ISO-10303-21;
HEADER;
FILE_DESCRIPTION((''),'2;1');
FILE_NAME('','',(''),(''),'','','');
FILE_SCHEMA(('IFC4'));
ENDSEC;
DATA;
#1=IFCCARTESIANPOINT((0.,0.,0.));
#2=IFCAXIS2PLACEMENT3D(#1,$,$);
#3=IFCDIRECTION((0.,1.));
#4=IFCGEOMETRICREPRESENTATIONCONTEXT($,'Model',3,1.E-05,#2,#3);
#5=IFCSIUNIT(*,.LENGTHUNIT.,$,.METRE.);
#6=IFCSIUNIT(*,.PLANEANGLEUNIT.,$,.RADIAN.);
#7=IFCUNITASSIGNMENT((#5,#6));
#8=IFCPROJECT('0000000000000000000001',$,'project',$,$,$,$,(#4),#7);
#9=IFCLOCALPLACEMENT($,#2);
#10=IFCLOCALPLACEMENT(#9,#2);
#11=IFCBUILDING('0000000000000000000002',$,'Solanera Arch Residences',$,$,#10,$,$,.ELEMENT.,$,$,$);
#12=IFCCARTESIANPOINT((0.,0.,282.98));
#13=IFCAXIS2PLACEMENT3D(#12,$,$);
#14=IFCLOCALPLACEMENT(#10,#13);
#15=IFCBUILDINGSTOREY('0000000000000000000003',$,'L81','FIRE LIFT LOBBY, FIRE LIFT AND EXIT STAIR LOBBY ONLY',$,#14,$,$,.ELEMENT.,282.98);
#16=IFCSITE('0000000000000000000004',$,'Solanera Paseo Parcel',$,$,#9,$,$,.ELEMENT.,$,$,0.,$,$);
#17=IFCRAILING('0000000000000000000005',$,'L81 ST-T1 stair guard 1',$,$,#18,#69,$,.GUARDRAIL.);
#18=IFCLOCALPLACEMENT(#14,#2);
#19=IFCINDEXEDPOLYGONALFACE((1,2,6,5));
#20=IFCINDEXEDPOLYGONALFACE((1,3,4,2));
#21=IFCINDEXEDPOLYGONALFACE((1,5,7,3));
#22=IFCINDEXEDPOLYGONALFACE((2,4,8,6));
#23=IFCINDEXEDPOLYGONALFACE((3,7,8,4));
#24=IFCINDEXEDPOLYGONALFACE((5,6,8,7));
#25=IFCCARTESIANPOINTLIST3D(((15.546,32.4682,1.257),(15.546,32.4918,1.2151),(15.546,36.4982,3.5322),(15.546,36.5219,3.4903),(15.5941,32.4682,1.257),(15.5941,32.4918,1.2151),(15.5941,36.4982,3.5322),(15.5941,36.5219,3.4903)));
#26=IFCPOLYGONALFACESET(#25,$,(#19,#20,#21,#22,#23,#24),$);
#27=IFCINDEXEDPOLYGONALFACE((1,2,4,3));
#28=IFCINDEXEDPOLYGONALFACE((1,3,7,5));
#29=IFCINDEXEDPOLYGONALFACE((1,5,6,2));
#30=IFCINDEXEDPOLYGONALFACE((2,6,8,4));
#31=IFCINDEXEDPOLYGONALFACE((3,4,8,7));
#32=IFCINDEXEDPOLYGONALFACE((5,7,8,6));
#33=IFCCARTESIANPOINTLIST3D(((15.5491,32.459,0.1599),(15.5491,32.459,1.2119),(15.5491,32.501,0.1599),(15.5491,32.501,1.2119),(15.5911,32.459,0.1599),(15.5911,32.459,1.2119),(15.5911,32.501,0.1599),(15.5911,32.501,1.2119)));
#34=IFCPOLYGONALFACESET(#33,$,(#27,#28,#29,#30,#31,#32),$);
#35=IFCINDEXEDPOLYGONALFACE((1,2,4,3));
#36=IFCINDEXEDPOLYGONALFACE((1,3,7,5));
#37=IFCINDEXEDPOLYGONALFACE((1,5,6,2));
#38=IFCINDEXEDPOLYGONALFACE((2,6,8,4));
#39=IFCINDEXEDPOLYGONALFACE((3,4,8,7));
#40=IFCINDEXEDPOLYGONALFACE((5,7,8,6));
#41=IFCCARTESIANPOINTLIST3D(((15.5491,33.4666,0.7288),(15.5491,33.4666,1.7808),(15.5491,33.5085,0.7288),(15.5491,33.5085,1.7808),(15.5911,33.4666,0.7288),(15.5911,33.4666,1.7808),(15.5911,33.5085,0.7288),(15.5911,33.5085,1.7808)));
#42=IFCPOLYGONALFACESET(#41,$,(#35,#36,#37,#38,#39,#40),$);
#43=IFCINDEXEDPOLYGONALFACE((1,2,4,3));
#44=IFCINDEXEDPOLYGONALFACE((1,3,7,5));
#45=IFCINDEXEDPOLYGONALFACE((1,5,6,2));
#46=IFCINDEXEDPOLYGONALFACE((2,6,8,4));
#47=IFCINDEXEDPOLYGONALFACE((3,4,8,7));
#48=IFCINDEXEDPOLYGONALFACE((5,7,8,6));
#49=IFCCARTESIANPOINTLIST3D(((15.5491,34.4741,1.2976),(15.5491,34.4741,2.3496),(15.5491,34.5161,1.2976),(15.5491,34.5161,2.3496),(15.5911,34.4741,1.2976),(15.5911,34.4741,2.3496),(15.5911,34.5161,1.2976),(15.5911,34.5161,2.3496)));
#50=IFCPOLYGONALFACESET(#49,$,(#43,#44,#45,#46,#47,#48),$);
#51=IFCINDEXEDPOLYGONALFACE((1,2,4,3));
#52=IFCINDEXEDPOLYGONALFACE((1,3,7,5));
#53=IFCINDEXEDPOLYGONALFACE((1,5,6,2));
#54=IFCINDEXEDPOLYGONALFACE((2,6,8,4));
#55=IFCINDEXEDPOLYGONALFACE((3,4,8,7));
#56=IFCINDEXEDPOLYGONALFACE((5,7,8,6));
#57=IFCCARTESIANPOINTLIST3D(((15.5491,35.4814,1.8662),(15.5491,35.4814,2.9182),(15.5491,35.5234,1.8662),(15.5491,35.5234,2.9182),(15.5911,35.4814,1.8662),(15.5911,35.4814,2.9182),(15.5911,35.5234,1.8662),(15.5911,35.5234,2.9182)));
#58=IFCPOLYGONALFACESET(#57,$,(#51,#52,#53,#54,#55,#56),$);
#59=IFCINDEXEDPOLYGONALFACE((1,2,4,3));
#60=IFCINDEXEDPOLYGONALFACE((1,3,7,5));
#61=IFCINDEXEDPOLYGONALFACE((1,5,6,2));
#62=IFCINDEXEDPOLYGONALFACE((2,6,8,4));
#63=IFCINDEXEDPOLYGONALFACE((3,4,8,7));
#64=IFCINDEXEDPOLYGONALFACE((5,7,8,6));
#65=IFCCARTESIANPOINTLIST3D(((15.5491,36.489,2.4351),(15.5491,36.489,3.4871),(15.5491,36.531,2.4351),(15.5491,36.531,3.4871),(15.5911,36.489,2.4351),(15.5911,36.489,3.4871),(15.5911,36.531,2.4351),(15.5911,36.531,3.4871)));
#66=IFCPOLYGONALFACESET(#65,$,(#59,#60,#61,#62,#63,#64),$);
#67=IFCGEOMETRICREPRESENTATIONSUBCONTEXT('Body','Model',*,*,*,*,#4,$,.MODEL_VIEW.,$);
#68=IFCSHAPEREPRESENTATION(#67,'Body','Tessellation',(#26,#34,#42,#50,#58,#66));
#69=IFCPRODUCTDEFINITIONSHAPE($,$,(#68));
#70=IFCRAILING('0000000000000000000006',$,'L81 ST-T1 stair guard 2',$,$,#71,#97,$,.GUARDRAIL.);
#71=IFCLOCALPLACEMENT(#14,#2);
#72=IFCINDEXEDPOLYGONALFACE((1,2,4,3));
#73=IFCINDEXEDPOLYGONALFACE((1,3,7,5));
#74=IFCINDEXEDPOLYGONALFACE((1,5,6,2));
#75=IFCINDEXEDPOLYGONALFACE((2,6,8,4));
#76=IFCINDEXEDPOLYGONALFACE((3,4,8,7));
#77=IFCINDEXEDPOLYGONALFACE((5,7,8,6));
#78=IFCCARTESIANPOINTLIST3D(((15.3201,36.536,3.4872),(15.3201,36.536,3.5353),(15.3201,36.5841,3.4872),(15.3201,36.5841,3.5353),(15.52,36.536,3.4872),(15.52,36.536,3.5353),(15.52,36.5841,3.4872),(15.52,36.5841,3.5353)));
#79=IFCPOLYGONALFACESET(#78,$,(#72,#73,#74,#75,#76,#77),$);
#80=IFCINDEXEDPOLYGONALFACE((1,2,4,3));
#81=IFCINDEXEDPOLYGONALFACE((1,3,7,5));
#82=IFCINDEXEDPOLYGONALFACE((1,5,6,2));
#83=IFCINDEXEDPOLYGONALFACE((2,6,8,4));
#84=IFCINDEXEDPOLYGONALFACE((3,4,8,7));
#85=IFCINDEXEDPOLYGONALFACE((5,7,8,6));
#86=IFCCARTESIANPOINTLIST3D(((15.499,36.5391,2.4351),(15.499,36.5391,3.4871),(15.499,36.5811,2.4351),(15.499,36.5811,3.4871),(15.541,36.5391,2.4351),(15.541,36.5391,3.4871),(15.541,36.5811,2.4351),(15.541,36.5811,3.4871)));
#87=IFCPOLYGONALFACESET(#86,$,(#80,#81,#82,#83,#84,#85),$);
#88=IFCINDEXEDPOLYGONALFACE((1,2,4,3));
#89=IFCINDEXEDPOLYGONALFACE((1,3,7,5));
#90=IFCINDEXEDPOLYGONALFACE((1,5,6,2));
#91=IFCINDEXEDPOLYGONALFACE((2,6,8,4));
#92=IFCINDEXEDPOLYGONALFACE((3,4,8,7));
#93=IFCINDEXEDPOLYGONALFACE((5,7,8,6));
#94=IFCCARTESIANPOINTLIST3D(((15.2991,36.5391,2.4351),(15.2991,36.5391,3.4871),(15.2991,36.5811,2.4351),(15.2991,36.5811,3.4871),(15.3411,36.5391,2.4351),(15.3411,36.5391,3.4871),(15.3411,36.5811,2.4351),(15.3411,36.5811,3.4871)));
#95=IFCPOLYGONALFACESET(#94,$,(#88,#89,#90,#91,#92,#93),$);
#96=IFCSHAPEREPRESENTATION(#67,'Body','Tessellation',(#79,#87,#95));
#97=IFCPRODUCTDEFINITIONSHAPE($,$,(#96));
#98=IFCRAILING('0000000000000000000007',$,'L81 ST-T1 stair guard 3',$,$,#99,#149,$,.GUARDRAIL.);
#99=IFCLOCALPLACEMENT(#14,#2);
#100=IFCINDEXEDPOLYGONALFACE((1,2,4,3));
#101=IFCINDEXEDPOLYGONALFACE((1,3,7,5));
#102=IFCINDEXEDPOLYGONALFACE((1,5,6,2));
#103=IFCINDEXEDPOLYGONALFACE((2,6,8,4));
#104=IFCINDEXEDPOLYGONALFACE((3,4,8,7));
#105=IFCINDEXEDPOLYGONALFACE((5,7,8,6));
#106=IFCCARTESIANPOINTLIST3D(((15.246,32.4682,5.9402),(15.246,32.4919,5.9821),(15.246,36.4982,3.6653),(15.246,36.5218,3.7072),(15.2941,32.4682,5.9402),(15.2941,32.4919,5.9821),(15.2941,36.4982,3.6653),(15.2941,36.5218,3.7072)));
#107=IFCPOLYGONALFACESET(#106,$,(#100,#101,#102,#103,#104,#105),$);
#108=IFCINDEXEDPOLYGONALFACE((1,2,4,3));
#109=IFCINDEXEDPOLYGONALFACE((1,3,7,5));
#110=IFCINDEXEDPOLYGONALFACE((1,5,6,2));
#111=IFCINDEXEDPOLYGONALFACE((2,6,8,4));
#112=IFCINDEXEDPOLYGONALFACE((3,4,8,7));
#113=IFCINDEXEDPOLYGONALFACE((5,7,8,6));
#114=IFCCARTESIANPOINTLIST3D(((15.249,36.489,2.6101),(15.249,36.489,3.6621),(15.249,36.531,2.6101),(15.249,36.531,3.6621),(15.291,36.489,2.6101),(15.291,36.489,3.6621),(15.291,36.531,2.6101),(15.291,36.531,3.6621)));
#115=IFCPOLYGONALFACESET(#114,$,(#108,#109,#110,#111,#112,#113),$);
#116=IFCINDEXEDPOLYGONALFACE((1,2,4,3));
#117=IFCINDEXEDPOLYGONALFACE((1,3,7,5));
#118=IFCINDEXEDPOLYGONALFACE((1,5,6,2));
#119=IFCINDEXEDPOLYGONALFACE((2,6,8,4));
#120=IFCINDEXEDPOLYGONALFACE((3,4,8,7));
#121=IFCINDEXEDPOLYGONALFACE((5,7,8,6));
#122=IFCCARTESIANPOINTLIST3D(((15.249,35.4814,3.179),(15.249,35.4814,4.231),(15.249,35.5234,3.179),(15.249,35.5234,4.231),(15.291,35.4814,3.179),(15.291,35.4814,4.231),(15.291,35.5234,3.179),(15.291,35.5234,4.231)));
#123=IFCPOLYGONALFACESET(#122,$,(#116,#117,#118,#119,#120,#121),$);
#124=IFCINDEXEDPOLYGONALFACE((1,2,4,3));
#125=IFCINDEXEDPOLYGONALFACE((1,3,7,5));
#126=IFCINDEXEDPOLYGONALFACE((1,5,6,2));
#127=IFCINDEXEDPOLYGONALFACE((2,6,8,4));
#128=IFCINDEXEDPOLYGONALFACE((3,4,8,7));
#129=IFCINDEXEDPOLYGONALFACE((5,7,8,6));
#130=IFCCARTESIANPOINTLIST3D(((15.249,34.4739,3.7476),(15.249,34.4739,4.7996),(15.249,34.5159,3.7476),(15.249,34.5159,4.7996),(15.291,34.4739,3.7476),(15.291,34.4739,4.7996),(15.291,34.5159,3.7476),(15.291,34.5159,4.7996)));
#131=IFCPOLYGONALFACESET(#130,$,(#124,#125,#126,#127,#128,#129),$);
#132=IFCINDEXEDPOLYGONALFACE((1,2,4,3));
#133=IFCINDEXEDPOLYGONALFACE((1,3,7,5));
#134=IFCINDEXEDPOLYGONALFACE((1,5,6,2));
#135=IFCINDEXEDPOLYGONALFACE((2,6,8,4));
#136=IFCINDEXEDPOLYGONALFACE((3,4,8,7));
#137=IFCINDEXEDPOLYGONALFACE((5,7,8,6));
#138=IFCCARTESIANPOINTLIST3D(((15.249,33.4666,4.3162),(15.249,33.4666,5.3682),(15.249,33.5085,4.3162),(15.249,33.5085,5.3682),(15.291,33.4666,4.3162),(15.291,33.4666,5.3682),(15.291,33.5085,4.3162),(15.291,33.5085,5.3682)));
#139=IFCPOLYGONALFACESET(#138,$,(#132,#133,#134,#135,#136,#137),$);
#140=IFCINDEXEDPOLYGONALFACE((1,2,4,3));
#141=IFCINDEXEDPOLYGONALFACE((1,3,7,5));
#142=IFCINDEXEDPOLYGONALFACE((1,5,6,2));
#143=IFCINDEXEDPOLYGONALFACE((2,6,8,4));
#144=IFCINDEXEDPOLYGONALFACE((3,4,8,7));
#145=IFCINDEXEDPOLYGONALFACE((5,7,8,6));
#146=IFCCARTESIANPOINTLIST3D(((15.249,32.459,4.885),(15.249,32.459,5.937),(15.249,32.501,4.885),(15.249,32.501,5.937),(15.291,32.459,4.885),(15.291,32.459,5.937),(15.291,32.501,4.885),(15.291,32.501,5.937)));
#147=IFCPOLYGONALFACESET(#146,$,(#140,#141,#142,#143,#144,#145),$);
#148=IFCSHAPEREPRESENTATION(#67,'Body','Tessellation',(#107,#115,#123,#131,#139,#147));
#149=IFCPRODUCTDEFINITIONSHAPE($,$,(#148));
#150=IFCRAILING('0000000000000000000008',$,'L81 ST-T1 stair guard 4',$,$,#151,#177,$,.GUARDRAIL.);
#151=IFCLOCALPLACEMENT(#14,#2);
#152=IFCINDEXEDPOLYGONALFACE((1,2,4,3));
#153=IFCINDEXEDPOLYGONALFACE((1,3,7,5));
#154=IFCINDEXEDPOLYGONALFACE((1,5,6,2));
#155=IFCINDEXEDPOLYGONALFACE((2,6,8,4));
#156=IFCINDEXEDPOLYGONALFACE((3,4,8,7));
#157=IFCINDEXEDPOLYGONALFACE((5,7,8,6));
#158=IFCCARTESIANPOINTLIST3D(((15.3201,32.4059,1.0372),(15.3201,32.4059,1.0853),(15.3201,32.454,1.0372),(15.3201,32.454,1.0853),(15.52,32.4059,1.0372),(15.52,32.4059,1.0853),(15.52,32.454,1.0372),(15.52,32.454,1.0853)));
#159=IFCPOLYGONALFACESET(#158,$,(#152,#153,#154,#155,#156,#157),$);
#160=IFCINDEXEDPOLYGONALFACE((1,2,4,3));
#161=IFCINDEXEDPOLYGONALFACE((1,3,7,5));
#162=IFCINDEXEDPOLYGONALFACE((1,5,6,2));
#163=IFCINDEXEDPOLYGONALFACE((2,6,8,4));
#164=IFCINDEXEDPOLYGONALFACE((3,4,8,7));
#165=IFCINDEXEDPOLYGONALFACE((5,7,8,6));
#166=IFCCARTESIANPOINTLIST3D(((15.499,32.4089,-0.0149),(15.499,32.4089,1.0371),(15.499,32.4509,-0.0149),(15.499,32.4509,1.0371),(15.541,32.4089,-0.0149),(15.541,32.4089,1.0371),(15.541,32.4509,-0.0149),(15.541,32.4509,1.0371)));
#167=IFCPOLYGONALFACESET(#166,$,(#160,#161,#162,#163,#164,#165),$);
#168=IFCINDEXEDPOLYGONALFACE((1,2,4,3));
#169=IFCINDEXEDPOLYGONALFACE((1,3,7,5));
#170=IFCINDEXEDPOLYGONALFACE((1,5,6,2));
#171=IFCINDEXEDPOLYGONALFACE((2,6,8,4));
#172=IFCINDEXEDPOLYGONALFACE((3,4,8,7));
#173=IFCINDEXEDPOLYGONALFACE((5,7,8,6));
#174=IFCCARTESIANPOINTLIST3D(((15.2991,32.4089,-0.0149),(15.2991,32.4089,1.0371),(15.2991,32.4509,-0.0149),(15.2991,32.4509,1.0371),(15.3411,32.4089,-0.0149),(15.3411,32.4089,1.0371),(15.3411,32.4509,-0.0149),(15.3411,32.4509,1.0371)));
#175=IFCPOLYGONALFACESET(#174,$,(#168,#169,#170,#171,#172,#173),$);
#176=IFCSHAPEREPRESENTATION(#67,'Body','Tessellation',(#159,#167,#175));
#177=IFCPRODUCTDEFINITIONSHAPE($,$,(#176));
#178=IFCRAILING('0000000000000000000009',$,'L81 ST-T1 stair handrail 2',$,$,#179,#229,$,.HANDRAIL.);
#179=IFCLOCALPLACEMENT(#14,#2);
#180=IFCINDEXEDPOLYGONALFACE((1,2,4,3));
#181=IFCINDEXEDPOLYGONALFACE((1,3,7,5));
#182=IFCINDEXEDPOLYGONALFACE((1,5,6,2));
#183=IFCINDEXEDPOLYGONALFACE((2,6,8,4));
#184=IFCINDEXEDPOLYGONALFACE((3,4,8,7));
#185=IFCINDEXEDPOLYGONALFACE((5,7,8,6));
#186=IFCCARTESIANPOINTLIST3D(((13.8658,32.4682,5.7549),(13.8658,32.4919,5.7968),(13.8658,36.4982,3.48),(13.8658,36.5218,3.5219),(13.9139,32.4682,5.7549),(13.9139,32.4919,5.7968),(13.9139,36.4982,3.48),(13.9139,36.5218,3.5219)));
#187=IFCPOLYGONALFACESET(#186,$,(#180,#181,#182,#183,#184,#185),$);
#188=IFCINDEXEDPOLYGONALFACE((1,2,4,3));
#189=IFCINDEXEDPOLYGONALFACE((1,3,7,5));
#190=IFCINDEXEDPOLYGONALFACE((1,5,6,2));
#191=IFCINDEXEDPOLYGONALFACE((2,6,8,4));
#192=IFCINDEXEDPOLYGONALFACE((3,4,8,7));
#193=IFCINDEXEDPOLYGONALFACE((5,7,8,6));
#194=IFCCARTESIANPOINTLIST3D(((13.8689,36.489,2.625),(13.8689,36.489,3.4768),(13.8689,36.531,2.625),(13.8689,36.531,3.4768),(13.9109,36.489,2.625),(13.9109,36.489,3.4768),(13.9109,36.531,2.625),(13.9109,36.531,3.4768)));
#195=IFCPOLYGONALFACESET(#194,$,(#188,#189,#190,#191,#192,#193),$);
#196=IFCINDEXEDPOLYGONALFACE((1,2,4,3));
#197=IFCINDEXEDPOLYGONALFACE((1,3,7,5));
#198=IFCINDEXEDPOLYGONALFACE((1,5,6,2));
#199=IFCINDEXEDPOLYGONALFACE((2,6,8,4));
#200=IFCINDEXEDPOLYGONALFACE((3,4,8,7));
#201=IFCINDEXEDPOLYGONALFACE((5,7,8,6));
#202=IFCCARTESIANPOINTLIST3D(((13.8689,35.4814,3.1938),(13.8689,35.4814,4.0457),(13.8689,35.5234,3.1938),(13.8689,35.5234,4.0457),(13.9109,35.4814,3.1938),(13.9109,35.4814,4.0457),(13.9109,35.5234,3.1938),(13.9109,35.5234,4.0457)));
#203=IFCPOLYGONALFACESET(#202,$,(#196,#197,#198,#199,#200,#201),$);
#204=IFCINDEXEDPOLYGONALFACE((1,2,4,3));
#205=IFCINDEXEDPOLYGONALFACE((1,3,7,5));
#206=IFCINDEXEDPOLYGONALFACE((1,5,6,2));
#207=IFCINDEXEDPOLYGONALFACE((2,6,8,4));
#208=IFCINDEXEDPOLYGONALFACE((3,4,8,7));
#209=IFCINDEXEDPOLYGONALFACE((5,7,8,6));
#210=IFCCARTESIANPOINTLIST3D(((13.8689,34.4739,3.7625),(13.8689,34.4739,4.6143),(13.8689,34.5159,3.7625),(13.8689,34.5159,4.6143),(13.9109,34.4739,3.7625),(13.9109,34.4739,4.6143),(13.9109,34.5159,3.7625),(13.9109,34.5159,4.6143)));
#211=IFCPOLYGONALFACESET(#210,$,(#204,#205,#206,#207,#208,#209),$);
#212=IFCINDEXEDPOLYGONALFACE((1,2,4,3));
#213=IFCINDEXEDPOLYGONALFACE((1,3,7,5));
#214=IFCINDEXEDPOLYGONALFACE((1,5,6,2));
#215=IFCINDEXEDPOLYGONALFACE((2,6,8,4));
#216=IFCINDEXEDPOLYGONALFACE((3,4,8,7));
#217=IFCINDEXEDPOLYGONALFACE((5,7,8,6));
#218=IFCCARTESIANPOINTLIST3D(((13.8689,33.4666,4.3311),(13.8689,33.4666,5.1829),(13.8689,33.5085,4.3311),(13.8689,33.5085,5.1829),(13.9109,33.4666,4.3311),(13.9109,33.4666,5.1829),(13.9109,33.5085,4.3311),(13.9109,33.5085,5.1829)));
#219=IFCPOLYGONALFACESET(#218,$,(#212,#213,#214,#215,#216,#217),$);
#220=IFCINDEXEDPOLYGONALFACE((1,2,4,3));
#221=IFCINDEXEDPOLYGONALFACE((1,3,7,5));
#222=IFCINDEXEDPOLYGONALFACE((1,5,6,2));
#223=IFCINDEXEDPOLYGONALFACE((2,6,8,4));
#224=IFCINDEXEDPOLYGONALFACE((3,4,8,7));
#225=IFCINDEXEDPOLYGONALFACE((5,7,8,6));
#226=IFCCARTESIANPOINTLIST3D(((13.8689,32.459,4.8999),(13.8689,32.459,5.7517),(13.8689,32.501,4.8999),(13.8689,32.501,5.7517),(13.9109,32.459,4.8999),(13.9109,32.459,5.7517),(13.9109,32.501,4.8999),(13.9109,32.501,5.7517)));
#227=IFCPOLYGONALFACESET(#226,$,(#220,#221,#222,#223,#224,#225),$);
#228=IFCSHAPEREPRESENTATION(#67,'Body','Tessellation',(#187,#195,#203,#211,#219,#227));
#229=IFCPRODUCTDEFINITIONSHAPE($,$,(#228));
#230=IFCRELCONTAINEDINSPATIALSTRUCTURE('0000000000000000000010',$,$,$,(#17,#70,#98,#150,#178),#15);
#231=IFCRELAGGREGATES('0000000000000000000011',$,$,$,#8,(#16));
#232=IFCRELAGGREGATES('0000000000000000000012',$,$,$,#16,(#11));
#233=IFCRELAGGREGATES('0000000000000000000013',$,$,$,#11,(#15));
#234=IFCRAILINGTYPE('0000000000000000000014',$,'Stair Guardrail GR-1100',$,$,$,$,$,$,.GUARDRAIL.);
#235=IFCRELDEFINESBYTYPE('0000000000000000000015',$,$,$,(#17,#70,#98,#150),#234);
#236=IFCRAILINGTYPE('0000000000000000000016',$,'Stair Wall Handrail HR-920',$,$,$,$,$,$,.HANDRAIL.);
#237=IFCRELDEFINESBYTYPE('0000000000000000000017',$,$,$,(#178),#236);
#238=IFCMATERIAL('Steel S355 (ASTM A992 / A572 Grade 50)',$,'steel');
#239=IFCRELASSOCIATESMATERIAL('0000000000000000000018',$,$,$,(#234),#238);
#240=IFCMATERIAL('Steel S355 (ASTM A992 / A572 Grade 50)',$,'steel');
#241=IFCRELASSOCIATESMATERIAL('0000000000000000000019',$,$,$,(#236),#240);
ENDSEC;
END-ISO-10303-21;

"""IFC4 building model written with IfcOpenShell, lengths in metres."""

from ifc_helpers import new_model, si_unit, direction, frame, origin, origin_2d, place, context, subcontext, project, spatial, rectangle, extrude, material, type_object, element, save


model = new_model("IFC4")

# Units and contexts
model_context = context("Model", 3, precision=1e-05, world=origin(), true_north=direction((0.0, 1.0)))
body_context = subcontext(model_context, "Body", "Model", "MODEL_VIEW")
ifc_project = project(units=[si_unit("LENGTHUNIT", "METRE"), si_unit("PLANEANGLEUNIT", "RADIAN")], contexts=[model_context])

# Site, building, storey
site_placement = place(None, origin())
site = spatial("IfcSite", under=ifc_project, at=site_placement, Name="Solanera Paseo Parcel", CompositionType="ELEMENT", RefElevation=0.0)
building_placement = place(site_placement, origin())
building = spatial("IfcBuilding", under=site, at=building_placement, Name="Solanera Arch Residences", CompositionType="ELEMENT")
storey_placement = place(building_placement, frame((0.0, 0.0, 282.98)))
storey = spatial("IfcBuildingStorey", under=building, at=storey_placement, Name="L81", Description="FIRE LIFT LOBBY, FIRE LIFT AND EXIT STAIR LOBBY ONLY", CompositionType="ELEMENT", Elevation=282.98)

# Railings
ifc_material_1 = material(Name="Steel S355 (ASTM A992 / A572 Grade 50)", Category="steel")
railing_type_1 = type_object("IfcRailingType", Name="Stair Guardrail GR-1100", PredefinedType="GUARDRAIL", material=ifc_material_1)
railing_1_placement = place(storey_placement, frame((15.5701, 32.48, 0.1599)))
element("IfcRailing", 1, at=railing_1_placement, inside=storey, type_object=railing_type_1, Name="L81 ST-T1 stair guard 1", PredefinedType="GUARDRAIL", context=body_context, shape_type="SweptSolid", body=[
    extrude(rectangle(XDim=0.0481, YDim=0.0481, at=origin_2d()), frame((0.0, 0.0, 1.0762), z_axis=(0.0, 0.870812, 0.491616), x_axis=(-1.0, 0.0, 0.0)), (0.0, 0.0, 1.0), 4.6279),
    extrude(rectangle(XDim=0.042, YDim=0.042, at=origin_2d()), origin(), (0.0, 0.0, 1.0), 1.052),
    extrude(rectangle(XDim=0.042, YDim=0.042, at=origin_2d()), frame((0.0, 1.0076, 0.5688)), (0.0, 0.0, 1.0), 1.052),
    extrude(rectangle(XDim=0.042, YDim=0.042, at=origin_2d()), frame((0.0, 2.0151, 1.1377)), (0.0, 0.0, 1.0), 1.052),
    extrude(rectangle(XDim=0.042, YDim=0.042, at=origin_2d()), frame((0.0, 3.0225, 1.7063)), (0.0, 0.0, 1.0), 1.052),
    extrude(rectangle(XDim=0.042, YDim=0.042, at=origin_2d()), frame((0.0, 4.03, 2.2751)), (0.0, 0.0, 1.0), 1.052),
])
railing_2_placement = place(storey_placement, frame((15.52, 36.5601, 2.4351)))
element("IfcRailing", 2, at=railing_2_placement, inside=storey, type_object=railing_type_1, Name="L81 ST-T1 stair guard 2", PredefinedType="GUARDRAIL", context=body_context, shape_type="SweptSolid", body=[
    extrude(rectangle(XDim=0.0481, YDim=0.0481, at=origin_2d()), frame((0.0, 0.0, 1.0762), z_axis=(-1.0, 0.0, 0.0), x_axis=(0.0, -1.0, 0.0)), (0.0, 0.0, 1.0), 0.2),
    extrude(rectangle(XDim=0.042, YDim=0.042, at=origin_2d()), origin(), (0.0, 0.0, 1.0), 1.052),
    extrude(rectangle(XDim=0.042, YDim=0.042, at=origin_2d()), frame((-0.2, 0.0, 0.0)), (0.0, 0.0, 1.0), 1.052),
])
railing_3_placement = place(storey_placement, frame((15.27, 36.51, 2.6101)))
element("IfcRailing", 3, at=railing_3_placement, inside=storey, type_object=railing_type_1, Name="L81 ST-T1 stair guard 3", PredefinedType="GUARDRAIL", context=body_context, shape_type="SweptSolid", body=[
    extrude(rectangle(XDim=0.0481, YDim=0.0481, at=origin_2d()), frame((0.0, 0.0, 1.0762), z_axis=(0.0, -0.870835, 0.491576), x_axis=(1.0, 0.0, 0.0)), (0.0, 0.0, 1.0), 4.6277),
    extrude(rectangle(XDim=0.042, YDim=0.042, at=origin_2d()), origin(), (0.0, 0.0, 1.0), 1.052),
    extrude(rectangle(XDim=0.042, YDim=0.042, at=origin_2d()), frame((0.0, -1.0076, 0.5688)), (0.0, 0.0, 1.0), 1.052),
    extrude(rectangle(XDim=0.042, YDim=0.042, at=origin_2d()), frame((0.0, -2.0151, 1.1375)), (0.0, 0.0, 1.0), 1.052),
    extrude(rectangle(XDim=0.042, YDim=0.042, at=origin_2d()), frame((0.0, -3.0225, 1.7061)), (0.0, 0.0, 1.0), 1.052),
    extrude(rectangle(XDim=0.042, YDim=0.042, at=origin_2d()), frame((0.0, -4.03, 2.2749)), (0.0, 0.0, 1.0), 1.052),
])
railing_4_placement = place(storey_placement, frame((15.52, 32.4299, -0.0149)))
element("IfcRailing", 4, at=railing_4_placement, inside=storey, type_object=railing_type_1, Name="L81 ST-T1 stair guard 4", PredefinedType="GUARDRAIL", context=body_context, shape_type="SweptSolid", body=[
    extrude(rectangle(XDim=0.0481, YDim=0.0481, at=origin_2d()), frame((0.0, 0.0, 1.0762), z_axis=(-1.0, 0.0, 0.0), x_axis=(0.0, -1.0, 0.0)), (0.0, 0.0, 1.0), 0.2),
    extrude(rectangle(XDim=0.042, YDim=0.042, at=origin_2d()), origin(), (0.0, 0.0, 1.0), 1.052),
    extrude(rectangle(XDim=0.042, YDim=0.042, at=origin_2d()), frame((-0.2, 0.0, 0.0)), (0.0, 0.0, 1.0), 1.052),
])
ifc_material_2 = material(Name="Steel S355 (ASTM A992 / A572 Grade 50)", Category="steel")
railing_type_2 = type_object("IfcRailingType", Name="Stair Wall Handrail HR-920", PredefinedType="HANDRAIL", material=ifc_material_2)
railing_5_placement = place(storey_placement, frame((13.8899, 36.51, 2.625)))
element("IfcRailing", 5, at=railing_5_placement, inside=storey, type_object=railing_type_2, Name="L81 ST-T1 stair handrail 2", PredefinedType="HANDRAIL", context=body_context, shape_type="SweptSolid", body=[
    extrude(rectangle(XDim=0.0481, YDim=0.0481, at=origin_2d()), frame((0.0, 0.0, 0.876), z_axis=(0.0, -0.870835, 0.491576), x_axis=(1.0, 0.0, 0.0)), (0.0, 0.0, 1.0), 4.6277),
    extrude(rectangle(XDim=0.042, YDim=0.042, at=origin_2d()), origin(), (0.0, 0.0, 1.0), 0.8518),
    extrude(rectangle(XDim=0.042, YDim=0.042, at=origin_2d()), frame((0.0, -1.0076, 0.5688)), (0.0, 0.0, 1.0), 0.8518),
    extrude(rectangle(XDim=0.042, YDim=0.042, at=origin_2d()), frame((0.0, -2.0151, 1.1375)), (0.0, 0.0, 1.0), 0.8518),
    extrude(rectangle(XDim=0.042, YDim=0.042, at=origin_2d()), frame((0.0, -3.0225, 1.7061)), (0.0, 0.0, 1.0), 0.8518),
    extrude(rectangle(XDim=0.042, YDim=0.042, at=origin_2d()), frame((0.0, -4.03, 2.2749)), (0.0, 0.0, 1.0), 0.8518),
])

save(model, "model.ifc")
